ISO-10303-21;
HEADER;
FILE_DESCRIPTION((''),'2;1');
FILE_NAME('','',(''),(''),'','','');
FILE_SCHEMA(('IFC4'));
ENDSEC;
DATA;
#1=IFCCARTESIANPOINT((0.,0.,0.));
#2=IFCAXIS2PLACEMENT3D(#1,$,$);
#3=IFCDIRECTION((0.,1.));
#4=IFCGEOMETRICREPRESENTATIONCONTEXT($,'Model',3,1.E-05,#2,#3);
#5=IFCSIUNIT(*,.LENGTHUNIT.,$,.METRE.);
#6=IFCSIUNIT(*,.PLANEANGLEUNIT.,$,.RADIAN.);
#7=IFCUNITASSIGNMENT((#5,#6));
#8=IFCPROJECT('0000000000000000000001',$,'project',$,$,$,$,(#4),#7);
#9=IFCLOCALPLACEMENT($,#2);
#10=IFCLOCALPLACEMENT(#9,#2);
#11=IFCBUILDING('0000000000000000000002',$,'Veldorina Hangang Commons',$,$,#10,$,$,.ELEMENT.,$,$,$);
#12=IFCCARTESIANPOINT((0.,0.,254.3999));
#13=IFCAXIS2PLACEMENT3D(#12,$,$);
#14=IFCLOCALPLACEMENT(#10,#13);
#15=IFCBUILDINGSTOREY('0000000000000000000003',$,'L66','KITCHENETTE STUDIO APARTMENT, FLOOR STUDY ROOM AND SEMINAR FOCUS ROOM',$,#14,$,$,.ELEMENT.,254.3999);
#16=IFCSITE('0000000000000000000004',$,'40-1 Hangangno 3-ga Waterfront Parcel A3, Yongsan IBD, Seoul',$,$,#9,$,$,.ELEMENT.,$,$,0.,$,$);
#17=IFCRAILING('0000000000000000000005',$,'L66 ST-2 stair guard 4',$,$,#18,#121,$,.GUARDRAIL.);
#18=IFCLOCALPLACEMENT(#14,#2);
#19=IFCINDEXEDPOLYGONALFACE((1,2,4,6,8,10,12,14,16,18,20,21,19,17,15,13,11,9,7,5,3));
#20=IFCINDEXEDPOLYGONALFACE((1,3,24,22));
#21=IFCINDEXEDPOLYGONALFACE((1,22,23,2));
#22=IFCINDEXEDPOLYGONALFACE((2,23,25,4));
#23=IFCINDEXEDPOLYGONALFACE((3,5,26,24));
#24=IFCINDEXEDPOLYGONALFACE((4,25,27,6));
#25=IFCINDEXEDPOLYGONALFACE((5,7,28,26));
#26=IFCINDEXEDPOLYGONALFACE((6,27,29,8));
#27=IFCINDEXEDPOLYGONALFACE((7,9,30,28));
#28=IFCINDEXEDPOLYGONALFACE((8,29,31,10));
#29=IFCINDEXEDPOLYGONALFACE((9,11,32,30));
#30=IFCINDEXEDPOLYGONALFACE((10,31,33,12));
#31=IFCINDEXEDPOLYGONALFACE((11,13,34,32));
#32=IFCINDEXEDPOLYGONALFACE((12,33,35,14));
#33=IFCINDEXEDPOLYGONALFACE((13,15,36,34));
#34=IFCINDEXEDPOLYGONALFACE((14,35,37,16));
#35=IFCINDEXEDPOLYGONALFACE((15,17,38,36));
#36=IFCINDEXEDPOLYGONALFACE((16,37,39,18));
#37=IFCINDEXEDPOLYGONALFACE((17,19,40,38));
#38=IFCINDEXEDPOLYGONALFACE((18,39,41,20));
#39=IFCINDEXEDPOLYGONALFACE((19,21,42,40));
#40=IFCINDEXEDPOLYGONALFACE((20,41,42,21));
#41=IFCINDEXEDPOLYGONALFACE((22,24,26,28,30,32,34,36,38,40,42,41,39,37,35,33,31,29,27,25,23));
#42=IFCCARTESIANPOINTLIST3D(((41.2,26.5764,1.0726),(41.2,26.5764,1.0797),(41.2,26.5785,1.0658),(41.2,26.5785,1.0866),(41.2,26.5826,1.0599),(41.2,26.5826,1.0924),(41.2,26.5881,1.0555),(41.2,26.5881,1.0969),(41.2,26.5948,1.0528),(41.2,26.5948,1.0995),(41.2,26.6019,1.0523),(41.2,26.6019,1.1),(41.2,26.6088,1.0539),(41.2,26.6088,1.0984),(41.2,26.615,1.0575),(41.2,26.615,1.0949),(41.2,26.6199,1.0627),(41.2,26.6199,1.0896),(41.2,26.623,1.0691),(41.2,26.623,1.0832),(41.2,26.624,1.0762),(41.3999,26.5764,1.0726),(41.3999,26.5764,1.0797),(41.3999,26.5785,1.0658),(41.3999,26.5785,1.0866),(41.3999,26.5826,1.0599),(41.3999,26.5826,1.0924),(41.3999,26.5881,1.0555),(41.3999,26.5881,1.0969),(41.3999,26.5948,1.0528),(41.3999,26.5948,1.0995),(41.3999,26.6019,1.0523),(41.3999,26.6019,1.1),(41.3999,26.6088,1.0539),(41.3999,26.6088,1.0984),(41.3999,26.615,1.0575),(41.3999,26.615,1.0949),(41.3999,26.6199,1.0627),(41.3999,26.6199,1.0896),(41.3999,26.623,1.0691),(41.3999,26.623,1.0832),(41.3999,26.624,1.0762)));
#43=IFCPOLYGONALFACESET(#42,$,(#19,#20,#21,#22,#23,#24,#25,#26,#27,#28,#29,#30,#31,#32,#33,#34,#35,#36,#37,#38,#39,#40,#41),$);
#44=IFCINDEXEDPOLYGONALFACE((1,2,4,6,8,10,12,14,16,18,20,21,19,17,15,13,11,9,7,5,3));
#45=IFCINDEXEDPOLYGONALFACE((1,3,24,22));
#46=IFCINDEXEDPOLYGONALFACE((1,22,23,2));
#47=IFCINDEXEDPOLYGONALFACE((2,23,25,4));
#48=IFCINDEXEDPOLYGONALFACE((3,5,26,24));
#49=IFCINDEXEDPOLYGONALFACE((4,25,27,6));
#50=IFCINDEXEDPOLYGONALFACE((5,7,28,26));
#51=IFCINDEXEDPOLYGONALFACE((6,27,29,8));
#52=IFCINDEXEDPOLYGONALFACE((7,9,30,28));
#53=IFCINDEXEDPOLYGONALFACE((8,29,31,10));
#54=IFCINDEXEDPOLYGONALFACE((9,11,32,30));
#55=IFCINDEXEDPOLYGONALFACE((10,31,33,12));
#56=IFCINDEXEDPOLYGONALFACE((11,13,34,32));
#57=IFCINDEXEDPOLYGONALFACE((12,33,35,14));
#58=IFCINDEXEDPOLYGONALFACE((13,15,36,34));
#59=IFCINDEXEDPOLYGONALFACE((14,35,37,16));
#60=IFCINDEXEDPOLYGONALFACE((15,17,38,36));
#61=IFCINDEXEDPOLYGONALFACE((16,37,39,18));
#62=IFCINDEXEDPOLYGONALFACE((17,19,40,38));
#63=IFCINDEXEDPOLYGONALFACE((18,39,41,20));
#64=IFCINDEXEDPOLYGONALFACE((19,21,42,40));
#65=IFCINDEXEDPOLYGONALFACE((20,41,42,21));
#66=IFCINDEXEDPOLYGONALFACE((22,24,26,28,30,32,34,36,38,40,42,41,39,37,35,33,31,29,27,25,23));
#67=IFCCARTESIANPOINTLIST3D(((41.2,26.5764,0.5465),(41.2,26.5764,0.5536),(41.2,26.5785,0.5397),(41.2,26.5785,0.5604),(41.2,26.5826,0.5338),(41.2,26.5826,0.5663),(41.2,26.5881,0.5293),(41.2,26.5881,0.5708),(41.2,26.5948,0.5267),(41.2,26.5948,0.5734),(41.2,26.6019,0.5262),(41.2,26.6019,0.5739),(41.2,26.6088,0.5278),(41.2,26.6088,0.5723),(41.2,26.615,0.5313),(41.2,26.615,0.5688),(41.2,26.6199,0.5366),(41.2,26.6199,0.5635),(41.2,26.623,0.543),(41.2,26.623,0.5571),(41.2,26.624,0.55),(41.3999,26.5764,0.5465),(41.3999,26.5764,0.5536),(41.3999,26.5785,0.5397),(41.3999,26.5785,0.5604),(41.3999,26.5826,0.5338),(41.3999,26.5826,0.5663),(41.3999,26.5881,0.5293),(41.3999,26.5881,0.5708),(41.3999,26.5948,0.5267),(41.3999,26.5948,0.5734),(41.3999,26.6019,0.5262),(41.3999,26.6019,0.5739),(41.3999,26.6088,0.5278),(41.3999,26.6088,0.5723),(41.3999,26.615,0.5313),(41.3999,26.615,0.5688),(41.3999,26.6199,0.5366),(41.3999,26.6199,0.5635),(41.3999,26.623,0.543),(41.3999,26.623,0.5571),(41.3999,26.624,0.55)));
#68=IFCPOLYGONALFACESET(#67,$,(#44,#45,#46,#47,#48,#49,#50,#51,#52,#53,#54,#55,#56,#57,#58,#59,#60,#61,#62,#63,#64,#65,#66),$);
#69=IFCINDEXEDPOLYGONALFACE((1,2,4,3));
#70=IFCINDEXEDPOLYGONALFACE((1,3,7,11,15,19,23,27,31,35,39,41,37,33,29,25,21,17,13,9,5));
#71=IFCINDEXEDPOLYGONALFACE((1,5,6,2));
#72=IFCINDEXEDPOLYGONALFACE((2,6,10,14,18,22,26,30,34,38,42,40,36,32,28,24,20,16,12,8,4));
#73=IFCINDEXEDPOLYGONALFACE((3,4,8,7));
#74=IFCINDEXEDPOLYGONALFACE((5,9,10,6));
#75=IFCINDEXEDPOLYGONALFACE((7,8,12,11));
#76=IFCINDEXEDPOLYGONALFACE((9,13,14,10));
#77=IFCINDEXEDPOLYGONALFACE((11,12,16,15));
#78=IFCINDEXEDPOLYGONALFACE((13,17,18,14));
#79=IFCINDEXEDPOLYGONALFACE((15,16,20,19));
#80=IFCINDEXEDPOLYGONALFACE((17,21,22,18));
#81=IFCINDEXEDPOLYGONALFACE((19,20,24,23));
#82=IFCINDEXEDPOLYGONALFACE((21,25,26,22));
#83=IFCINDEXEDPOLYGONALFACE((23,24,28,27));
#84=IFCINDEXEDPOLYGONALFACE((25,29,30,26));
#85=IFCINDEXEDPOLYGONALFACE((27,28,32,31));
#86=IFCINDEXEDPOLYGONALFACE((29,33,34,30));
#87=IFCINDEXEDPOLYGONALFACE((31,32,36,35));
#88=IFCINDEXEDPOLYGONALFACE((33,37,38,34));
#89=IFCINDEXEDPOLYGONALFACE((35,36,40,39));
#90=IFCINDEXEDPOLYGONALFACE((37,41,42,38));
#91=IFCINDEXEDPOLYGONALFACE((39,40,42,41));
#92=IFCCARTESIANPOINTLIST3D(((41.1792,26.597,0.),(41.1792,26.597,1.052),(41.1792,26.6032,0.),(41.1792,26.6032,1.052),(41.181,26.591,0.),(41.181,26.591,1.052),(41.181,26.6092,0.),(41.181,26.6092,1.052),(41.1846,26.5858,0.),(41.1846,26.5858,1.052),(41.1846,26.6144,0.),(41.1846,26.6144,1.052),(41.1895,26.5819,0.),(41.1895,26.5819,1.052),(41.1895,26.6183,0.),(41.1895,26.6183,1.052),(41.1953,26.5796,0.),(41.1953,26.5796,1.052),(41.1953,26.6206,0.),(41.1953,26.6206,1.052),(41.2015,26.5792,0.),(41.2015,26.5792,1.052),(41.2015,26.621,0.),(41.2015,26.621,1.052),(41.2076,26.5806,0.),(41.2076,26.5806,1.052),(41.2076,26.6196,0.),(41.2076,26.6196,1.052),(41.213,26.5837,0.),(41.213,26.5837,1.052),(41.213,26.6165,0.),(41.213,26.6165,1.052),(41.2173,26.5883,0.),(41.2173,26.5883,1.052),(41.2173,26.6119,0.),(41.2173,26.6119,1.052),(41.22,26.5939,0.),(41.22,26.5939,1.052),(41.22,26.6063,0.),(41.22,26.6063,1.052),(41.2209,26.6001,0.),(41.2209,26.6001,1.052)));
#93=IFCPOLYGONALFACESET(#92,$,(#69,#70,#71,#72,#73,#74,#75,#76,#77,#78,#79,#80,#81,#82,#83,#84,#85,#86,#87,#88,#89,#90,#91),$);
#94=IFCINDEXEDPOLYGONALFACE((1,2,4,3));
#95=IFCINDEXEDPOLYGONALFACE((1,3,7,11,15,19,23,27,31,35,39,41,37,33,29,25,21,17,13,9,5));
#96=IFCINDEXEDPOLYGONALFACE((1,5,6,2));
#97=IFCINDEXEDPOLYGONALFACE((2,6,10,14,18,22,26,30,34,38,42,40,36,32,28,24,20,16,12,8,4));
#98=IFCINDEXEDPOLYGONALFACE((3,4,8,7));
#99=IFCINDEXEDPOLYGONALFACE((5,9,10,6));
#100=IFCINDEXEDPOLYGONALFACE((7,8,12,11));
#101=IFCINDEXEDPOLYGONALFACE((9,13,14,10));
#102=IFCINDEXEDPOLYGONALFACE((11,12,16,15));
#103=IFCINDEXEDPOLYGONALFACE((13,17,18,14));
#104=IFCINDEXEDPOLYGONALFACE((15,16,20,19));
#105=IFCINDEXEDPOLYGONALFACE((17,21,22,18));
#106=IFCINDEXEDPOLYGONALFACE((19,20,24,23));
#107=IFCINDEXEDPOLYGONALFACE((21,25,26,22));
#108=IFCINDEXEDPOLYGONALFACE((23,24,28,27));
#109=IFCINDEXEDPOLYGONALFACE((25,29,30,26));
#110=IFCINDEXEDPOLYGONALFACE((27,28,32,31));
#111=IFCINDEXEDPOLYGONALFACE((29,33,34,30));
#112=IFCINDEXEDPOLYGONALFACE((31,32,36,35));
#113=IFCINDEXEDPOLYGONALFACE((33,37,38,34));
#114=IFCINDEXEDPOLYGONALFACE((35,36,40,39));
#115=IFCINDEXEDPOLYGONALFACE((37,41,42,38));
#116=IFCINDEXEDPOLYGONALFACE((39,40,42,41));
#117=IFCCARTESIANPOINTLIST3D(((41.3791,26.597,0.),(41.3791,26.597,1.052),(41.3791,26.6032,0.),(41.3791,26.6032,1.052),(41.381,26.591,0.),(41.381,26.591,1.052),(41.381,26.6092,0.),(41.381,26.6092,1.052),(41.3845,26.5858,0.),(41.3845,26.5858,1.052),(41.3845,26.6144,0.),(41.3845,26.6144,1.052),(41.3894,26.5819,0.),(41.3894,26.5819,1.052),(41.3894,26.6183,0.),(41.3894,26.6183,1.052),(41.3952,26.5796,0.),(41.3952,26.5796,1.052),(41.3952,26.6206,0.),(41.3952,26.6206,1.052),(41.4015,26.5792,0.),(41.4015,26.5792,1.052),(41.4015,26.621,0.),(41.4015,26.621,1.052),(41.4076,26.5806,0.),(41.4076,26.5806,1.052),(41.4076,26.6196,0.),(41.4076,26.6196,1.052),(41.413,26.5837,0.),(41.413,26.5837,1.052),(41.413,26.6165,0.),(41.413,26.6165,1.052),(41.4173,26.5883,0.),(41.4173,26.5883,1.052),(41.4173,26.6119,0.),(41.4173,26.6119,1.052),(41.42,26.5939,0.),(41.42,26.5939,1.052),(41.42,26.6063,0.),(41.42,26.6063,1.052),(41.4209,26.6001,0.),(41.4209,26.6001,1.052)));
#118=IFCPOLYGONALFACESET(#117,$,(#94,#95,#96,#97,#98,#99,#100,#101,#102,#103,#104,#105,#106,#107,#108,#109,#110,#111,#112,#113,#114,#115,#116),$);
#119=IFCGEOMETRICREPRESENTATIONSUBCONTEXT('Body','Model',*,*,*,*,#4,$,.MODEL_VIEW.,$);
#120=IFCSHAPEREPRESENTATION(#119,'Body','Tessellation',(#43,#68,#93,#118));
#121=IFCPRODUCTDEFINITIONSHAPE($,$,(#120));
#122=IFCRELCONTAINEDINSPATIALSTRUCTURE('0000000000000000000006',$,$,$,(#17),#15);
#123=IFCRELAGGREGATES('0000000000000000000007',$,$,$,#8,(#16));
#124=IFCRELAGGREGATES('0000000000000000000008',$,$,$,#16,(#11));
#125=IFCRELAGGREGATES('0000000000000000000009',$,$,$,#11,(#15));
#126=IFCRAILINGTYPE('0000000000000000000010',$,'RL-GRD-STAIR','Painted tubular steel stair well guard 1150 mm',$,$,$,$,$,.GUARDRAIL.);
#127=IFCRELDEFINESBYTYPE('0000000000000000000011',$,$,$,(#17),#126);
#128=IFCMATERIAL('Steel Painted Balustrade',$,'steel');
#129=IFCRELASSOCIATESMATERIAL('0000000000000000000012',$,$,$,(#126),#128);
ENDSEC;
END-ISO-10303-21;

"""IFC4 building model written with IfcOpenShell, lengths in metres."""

from ifc_helpers import new_model, si_unit, direction, frame, origin, origin_2d, place, context, subcontext, project, spatial, circle, extrude, material, type_object, element, save


model = new_model("IFC4")

# Units and contexts
model_context = context("Model", 3, precision=1e-05, world=origin(), true_north=direction((0.0, 1.0)))
body_context = subcontext(model_context, "Body", "Model", "MODEL_VIEW")
ifc_project = project(units=[si_unit("LENGTHUNIT", "METRE"), si_unit("PLANEANGLEUNIT", "RADIAN")], contexts=[model_context])

# Site, building, storey
site_placement = place(None, origin())
site = spatial("IfcSite", under=ifc_project, at=site_placement, Name="40-1 Hangangno 3-ga Waterfront Parcel A3, Yongsan IBD, Seoul", CompositionType="ELEMENT", RefElevation=0.0)
building_placement = place(site_placement, origin())
building = spatial("IfcBuilding", under=site, at=building_placement, Name="Veldorina Hangang Commons", CompositionType="ELEMENT")
storey_placement = place(building_placement, frame((0.0, 0.0, 254.3999)))
storey = spatial("IfcBuildingStorey", under=building, at=storey_placement, Name="L66", Description="KITCHENETTE STUDIO APARTMENT, FLOOR STUDY ROOM AND SEMINAR FOCUS ROOM", CompositionType="ELEMENT", Elevation=254.3999)

# Railing
ifc_material_1 = material(Name="Steel Painted Balustrade", Category="steel")
railing_type_1 = type_object("IfcRailingType", Name="RL-GRD-STAIR", Description="Painted tubular steel stair well guard 1150 mm", PredefinedType="GUARDRAIL", material=ifc_material_1)
railing_1_placement = place(storey_placement, frame((41.2, 26.6001, 0.0)))
element("IfcRailing", 1, at=railing_1_placement, inside=storey, type_object=railing_type_1, Name="L66 ST-2 stair guard 4", PredefinedType="GUARDRAIL", context=body_context, shape_type="SweptSolid", body=[
    extrude(circle(Radius=0.0239, at=origin_2d()), frame((0.0, 0.0, 1.0762), z_axis=(1.0, 0.0, 0.0), x_axis=(0.0, 1.0, 0.0)), (0.0, 0.0, 1.0), 0.2),
    extrude(circle(Radius=0.0239, at=origin_2d()), frame((0.0, 0.0, 0.55), z_axis=(1.0, 0.0, 0.0), x_axis=(0.0, 1.0, 0.0)), (0.0, 0.0, 1.0), 0.2),
    extrude(circle(Radius=0.021, at=origin_2d()), origin(), (0.0, 0.0, 1.0), 1.052),
    extrude(circle(Radius=0.021, at=origin_2d()), frame((0.2, 0.0, 0.0)), (0.0, 0.0, 1.0), 1.052),
])

save(model, "model.ifc")
